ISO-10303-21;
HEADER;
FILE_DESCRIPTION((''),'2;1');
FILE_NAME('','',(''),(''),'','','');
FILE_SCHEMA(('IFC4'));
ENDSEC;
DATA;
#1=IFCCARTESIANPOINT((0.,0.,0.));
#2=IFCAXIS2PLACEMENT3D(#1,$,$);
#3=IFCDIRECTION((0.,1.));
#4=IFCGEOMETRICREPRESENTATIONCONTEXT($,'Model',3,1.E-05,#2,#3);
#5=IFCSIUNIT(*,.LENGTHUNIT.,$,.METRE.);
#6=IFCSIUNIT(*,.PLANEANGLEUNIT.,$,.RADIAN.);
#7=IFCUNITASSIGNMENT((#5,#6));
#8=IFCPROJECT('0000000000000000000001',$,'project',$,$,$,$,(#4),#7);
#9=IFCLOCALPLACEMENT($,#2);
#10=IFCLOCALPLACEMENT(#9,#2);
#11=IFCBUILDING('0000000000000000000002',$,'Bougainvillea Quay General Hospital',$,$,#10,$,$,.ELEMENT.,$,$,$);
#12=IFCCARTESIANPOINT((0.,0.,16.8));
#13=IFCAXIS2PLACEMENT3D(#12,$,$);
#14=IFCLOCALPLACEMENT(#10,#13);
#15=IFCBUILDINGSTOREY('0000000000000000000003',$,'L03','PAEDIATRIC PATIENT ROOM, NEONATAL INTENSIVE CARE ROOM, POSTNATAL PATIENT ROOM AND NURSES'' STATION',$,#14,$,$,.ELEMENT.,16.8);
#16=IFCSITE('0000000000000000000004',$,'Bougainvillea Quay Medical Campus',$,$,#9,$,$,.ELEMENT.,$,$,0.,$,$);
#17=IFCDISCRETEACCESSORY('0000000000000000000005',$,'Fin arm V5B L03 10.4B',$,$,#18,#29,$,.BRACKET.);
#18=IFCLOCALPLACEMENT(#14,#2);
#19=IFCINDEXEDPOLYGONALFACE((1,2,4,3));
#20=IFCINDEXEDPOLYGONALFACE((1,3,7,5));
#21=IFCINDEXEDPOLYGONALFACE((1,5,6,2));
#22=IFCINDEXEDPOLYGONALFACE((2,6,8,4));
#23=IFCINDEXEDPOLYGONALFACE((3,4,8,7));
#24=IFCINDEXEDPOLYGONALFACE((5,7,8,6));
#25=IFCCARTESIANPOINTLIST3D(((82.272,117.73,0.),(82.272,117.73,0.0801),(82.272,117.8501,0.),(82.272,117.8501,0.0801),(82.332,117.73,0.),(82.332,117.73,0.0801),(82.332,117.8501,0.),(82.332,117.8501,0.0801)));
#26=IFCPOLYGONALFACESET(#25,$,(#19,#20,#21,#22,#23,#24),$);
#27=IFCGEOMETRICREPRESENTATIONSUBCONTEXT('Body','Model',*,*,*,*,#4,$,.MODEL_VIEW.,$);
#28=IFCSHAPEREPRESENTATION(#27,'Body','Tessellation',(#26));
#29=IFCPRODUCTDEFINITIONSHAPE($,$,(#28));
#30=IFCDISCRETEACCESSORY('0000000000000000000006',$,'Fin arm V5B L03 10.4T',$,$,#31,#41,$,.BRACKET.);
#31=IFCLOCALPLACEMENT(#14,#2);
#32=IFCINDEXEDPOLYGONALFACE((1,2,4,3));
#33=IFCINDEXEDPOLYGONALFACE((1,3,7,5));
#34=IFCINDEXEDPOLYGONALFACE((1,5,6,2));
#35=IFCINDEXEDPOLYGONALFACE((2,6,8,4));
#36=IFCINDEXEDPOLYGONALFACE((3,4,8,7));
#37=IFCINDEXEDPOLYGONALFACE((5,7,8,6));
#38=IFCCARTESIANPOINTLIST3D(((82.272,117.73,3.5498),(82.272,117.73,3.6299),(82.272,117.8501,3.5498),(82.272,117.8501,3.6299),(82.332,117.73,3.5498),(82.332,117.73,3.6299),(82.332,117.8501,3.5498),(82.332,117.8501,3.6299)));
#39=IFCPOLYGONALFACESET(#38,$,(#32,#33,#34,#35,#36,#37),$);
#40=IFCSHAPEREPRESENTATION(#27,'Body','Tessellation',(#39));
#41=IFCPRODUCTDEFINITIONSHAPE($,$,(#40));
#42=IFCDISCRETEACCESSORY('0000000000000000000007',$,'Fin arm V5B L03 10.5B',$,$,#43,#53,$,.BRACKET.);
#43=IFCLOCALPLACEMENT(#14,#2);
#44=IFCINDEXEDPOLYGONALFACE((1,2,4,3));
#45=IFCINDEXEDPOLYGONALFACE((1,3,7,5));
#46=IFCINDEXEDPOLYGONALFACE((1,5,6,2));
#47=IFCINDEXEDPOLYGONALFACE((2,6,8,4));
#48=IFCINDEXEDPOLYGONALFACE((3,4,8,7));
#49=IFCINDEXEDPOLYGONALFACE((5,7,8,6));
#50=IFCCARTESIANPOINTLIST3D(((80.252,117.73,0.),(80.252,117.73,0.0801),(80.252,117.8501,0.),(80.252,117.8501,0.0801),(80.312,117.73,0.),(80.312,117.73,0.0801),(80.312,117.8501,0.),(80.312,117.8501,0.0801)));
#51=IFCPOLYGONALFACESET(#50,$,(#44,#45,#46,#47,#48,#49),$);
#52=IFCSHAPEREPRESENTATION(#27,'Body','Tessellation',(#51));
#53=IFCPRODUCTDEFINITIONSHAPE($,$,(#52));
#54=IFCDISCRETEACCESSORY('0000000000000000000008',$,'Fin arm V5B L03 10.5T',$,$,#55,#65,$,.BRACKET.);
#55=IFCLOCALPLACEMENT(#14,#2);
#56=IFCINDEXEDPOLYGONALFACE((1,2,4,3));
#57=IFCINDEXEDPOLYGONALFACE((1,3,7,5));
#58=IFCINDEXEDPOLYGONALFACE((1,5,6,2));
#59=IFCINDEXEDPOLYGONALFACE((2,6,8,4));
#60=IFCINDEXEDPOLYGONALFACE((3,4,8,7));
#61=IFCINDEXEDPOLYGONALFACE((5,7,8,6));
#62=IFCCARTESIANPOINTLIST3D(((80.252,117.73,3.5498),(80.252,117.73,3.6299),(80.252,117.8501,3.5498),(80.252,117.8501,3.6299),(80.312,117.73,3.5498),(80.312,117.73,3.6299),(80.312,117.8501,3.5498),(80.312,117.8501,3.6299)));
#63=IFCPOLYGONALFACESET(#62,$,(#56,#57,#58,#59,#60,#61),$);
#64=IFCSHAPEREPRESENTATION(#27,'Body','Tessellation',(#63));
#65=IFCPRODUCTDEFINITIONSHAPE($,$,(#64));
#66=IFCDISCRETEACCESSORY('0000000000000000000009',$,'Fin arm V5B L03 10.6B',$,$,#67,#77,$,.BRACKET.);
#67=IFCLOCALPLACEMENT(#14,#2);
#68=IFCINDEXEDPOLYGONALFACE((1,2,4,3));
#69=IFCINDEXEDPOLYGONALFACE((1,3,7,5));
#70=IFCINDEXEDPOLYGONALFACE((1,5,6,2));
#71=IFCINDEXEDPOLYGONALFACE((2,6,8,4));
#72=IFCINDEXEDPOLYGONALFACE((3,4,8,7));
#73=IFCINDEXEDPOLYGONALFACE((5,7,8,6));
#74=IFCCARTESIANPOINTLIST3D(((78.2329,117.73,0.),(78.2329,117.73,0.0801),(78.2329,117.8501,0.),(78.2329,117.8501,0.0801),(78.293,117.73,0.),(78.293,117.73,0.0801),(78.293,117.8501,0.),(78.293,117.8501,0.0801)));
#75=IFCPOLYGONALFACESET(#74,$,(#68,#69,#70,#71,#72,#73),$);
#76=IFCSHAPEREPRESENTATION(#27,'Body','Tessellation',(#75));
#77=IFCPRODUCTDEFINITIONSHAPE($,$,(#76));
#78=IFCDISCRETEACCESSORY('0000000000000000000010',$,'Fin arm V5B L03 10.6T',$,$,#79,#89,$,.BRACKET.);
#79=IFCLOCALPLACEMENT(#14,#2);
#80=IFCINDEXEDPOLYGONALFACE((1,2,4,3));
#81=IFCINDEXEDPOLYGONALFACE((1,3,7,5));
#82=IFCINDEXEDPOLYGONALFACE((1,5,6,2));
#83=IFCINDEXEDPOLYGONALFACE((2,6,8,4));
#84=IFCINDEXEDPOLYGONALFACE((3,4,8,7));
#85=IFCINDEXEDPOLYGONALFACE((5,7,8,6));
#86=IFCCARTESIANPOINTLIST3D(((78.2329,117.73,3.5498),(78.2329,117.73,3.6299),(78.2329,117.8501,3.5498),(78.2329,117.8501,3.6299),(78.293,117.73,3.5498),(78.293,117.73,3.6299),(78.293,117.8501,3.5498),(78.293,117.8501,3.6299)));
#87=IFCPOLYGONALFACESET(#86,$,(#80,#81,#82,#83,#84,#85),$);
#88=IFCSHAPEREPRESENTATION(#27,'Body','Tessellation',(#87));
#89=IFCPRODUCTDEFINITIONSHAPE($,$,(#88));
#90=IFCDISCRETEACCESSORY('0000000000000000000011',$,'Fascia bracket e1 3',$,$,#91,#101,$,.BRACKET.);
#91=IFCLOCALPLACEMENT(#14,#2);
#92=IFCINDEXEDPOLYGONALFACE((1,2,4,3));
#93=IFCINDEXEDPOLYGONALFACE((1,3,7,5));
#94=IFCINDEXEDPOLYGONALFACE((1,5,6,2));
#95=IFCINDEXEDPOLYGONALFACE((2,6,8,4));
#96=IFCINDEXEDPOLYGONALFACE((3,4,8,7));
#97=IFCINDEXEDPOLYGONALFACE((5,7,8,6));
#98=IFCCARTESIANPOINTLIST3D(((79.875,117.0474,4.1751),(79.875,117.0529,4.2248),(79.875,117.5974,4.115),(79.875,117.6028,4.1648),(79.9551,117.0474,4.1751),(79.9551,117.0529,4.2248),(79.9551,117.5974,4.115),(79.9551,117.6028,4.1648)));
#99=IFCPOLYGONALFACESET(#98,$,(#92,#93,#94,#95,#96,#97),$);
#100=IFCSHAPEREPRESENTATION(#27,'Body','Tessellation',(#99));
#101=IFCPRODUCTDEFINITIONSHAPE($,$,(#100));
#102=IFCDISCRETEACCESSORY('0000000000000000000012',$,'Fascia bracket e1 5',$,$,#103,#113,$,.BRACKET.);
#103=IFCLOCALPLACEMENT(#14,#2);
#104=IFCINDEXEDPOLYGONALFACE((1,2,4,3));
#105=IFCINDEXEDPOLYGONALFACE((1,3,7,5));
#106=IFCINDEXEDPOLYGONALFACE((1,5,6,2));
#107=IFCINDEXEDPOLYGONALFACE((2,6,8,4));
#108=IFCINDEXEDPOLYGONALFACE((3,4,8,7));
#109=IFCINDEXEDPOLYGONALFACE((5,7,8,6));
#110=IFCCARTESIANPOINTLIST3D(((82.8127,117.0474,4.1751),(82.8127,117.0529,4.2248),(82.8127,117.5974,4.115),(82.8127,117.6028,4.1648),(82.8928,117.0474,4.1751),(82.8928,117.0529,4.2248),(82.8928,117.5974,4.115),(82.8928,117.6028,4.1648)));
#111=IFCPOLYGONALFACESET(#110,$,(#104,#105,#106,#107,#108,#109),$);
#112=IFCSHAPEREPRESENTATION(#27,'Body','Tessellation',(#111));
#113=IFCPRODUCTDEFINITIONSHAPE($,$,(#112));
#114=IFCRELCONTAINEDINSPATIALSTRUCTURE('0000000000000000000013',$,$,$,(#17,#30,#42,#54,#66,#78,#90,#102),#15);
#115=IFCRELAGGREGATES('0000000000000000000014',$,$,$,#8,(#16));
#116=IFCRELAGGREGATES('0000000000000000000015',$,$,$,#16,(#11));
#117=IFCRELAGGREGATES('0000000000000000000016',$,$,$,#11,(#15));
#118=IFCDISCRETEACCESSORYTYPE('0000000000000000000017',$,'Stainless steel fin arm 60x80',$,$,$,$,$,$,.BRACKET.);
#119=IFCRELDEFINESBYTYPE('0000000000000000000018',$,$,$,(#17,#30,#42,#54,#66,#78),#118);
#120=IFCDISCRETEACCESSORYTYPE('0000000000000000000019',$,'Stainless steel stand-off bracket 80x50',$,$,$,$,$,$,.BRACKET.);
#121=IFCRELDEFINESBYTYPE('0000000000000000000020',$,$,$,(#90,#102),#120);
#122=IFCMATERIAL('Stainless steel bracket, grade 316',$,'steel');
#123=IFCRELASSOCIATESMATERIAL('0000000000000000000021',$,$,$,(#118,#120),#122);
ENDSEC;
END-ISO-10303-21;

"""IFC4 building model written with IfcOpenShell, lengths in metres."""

from ifc_helpers import new_model, si_unit, direction, frame, origin, origin_2d, place, context, subcontext, project, spatial, rectangle, extrude, material, material_profile, profile_set, type_object, element, save


model = new_model("IFC4")

# Units and contexts
model_context = context("Model", 3, precision=1e-05, world=origin(), true_north=direction((0.0, 1.0)))
body_context = subcontext(model_context, "Body", "Model", "MODEL_VIEW")
ifc_project = project(units=[si_unit("LENGTHUNIT", "METRE"), si_unit("PLANEANGLEUNIT", "RADIAN")], contexts=[model_context])

# Site, building, storey
site_placement = place(None, origin())
site = spatial("IfcSite", under=ifc_project, at=site_placement, Name="Bougainvillea Quay Medical Campus", CompositionType="ELEMENT", RefElevation=0.0)
building_placement = place(site_placement, origin())
building = spatial("IfcBuilding", under=site, at=building_placement, Name="Bougainvillea Quay General Hospital", CompositionType="ELEMENT")
storey_placement = place(building_placement, frame((0.0, 0.0, 16.8)))
storey = spatial("IfcBuildingStorey", under=building, at=storey_placement, Name="L03", Description="PAEDIATRIC PATIENT ROOM, NEONATAL INTENSIVE CARE ROOM, POSTNATAL PATIENT ROOM AND NURSES' STATION", CompositionType="ELEMENT", Elevation=16.8)

# Discrete accessories
ifc_material_1 = material(Name="Stainless steel bracket, grade 316", Category="steel")
discrete_accessory_type_1 = type_object("IfcDiscreteAccessoryType", Name="Stainless steel fin arm 60x80", PredefinedType="BRACKET", material=ifc_material_1)
for number, where, z_axis, x_axis, name in (
    (1, (82.302, 117.79, 0.0), (0.0, 0.0, 1.0), (0.0, -1.0, 0.0), "Fin arm V5B L03 10.4B"),
    (2, (82.302, 117.79, 3.5498), (0.0, 0.0, 1.0), (0.0, -1.0, 0.0), "Fin arm V5B L03 10.4T"),
    (3, (80.282, 117.79, 0.0), (0.0, 0.0, 1.0), (0.0, -1.0, 0.0), "Fin arm V5B L03 10.5B"),
    (4, (80.282, 117.79, 3.5498), (0.0, 0.0, 1.0), (0.0, -1.0, 0.0), "Fin arm V5B L03 10.5T"),
    (5, (78.2629, 117.79, 0.0), (0.0, 0.0, 1.0), (0.0, -1.0, 0.0), "Fin arm V5B L03 10.6B"),
    (6, (78.2629, 117.79, 3.5498), (0.0, 0.0, 1.0), (0.0, -1.0, 0.0), "Fin arm V5B L03 10.6T"),
):
    element("IfcDiscreteAccessory", number, at=place(storey_placement, frame(where, z_axis=z_axis, x_axis=x_axis)), inside=storey, type_object=discrete_accessory_type_1, Name=name, PredefinedType="BRACKET", context=body_context, shape_type="SweptSolid", body=[
        extrude(rectangle(XDim=0.1201, YDim=0.0601, at=origin_2d()), origin(), (0.0, 0.0, 1.0), 0.0801),
    ])
ifc_material_profile_1 = material_profile(ifc_material_1, rectangle(XDim=0.0801, YDim=0.05, at=origin_2d()))
ifc_profile_set_1 = profile_set([ifc_material_profile_1], Name="Stainless steel bracket, grade 316")
discrete_accessory_type_2 = type_object("IfcDiscreteAccessoryType", Name="Stainless steel stand-off bracket 80x50", PredefinedType="BRACKET", material=ifc_profile_set_1)
for number, where, z_axis, x_axis, name in (
    (7, (79.915, 117.6001, 4.1399), (0.0, -0.994092, 0.108543), (1.0, 0.0, 0.0), "Fascia bracket e1 3"),
    (8, (82.8528, 117.6001, 4.1399), (0.0, -0.994092, 0.108543), (1.0, 0.0, 0.0), "Fascia bracket e1 5"),
):
    element("IfcDiscreteAccessory", number, at=place(storey_placement, frame(where, z_axis=z_axis, x_axis=x_axis)), inside=storey, type_object=discrete_accessory_type_2, Name=name, PredefinedType="BRACKET", context=body_context, shape_type="SweptSolid", body=[
        extrude(rectangle(XDim=0.0801, YDim=0.05, at=origin_2d()), origin(), (0.0, 0.0, 1.0), 0.5532),
    ])

save(model, "model.ifc")
